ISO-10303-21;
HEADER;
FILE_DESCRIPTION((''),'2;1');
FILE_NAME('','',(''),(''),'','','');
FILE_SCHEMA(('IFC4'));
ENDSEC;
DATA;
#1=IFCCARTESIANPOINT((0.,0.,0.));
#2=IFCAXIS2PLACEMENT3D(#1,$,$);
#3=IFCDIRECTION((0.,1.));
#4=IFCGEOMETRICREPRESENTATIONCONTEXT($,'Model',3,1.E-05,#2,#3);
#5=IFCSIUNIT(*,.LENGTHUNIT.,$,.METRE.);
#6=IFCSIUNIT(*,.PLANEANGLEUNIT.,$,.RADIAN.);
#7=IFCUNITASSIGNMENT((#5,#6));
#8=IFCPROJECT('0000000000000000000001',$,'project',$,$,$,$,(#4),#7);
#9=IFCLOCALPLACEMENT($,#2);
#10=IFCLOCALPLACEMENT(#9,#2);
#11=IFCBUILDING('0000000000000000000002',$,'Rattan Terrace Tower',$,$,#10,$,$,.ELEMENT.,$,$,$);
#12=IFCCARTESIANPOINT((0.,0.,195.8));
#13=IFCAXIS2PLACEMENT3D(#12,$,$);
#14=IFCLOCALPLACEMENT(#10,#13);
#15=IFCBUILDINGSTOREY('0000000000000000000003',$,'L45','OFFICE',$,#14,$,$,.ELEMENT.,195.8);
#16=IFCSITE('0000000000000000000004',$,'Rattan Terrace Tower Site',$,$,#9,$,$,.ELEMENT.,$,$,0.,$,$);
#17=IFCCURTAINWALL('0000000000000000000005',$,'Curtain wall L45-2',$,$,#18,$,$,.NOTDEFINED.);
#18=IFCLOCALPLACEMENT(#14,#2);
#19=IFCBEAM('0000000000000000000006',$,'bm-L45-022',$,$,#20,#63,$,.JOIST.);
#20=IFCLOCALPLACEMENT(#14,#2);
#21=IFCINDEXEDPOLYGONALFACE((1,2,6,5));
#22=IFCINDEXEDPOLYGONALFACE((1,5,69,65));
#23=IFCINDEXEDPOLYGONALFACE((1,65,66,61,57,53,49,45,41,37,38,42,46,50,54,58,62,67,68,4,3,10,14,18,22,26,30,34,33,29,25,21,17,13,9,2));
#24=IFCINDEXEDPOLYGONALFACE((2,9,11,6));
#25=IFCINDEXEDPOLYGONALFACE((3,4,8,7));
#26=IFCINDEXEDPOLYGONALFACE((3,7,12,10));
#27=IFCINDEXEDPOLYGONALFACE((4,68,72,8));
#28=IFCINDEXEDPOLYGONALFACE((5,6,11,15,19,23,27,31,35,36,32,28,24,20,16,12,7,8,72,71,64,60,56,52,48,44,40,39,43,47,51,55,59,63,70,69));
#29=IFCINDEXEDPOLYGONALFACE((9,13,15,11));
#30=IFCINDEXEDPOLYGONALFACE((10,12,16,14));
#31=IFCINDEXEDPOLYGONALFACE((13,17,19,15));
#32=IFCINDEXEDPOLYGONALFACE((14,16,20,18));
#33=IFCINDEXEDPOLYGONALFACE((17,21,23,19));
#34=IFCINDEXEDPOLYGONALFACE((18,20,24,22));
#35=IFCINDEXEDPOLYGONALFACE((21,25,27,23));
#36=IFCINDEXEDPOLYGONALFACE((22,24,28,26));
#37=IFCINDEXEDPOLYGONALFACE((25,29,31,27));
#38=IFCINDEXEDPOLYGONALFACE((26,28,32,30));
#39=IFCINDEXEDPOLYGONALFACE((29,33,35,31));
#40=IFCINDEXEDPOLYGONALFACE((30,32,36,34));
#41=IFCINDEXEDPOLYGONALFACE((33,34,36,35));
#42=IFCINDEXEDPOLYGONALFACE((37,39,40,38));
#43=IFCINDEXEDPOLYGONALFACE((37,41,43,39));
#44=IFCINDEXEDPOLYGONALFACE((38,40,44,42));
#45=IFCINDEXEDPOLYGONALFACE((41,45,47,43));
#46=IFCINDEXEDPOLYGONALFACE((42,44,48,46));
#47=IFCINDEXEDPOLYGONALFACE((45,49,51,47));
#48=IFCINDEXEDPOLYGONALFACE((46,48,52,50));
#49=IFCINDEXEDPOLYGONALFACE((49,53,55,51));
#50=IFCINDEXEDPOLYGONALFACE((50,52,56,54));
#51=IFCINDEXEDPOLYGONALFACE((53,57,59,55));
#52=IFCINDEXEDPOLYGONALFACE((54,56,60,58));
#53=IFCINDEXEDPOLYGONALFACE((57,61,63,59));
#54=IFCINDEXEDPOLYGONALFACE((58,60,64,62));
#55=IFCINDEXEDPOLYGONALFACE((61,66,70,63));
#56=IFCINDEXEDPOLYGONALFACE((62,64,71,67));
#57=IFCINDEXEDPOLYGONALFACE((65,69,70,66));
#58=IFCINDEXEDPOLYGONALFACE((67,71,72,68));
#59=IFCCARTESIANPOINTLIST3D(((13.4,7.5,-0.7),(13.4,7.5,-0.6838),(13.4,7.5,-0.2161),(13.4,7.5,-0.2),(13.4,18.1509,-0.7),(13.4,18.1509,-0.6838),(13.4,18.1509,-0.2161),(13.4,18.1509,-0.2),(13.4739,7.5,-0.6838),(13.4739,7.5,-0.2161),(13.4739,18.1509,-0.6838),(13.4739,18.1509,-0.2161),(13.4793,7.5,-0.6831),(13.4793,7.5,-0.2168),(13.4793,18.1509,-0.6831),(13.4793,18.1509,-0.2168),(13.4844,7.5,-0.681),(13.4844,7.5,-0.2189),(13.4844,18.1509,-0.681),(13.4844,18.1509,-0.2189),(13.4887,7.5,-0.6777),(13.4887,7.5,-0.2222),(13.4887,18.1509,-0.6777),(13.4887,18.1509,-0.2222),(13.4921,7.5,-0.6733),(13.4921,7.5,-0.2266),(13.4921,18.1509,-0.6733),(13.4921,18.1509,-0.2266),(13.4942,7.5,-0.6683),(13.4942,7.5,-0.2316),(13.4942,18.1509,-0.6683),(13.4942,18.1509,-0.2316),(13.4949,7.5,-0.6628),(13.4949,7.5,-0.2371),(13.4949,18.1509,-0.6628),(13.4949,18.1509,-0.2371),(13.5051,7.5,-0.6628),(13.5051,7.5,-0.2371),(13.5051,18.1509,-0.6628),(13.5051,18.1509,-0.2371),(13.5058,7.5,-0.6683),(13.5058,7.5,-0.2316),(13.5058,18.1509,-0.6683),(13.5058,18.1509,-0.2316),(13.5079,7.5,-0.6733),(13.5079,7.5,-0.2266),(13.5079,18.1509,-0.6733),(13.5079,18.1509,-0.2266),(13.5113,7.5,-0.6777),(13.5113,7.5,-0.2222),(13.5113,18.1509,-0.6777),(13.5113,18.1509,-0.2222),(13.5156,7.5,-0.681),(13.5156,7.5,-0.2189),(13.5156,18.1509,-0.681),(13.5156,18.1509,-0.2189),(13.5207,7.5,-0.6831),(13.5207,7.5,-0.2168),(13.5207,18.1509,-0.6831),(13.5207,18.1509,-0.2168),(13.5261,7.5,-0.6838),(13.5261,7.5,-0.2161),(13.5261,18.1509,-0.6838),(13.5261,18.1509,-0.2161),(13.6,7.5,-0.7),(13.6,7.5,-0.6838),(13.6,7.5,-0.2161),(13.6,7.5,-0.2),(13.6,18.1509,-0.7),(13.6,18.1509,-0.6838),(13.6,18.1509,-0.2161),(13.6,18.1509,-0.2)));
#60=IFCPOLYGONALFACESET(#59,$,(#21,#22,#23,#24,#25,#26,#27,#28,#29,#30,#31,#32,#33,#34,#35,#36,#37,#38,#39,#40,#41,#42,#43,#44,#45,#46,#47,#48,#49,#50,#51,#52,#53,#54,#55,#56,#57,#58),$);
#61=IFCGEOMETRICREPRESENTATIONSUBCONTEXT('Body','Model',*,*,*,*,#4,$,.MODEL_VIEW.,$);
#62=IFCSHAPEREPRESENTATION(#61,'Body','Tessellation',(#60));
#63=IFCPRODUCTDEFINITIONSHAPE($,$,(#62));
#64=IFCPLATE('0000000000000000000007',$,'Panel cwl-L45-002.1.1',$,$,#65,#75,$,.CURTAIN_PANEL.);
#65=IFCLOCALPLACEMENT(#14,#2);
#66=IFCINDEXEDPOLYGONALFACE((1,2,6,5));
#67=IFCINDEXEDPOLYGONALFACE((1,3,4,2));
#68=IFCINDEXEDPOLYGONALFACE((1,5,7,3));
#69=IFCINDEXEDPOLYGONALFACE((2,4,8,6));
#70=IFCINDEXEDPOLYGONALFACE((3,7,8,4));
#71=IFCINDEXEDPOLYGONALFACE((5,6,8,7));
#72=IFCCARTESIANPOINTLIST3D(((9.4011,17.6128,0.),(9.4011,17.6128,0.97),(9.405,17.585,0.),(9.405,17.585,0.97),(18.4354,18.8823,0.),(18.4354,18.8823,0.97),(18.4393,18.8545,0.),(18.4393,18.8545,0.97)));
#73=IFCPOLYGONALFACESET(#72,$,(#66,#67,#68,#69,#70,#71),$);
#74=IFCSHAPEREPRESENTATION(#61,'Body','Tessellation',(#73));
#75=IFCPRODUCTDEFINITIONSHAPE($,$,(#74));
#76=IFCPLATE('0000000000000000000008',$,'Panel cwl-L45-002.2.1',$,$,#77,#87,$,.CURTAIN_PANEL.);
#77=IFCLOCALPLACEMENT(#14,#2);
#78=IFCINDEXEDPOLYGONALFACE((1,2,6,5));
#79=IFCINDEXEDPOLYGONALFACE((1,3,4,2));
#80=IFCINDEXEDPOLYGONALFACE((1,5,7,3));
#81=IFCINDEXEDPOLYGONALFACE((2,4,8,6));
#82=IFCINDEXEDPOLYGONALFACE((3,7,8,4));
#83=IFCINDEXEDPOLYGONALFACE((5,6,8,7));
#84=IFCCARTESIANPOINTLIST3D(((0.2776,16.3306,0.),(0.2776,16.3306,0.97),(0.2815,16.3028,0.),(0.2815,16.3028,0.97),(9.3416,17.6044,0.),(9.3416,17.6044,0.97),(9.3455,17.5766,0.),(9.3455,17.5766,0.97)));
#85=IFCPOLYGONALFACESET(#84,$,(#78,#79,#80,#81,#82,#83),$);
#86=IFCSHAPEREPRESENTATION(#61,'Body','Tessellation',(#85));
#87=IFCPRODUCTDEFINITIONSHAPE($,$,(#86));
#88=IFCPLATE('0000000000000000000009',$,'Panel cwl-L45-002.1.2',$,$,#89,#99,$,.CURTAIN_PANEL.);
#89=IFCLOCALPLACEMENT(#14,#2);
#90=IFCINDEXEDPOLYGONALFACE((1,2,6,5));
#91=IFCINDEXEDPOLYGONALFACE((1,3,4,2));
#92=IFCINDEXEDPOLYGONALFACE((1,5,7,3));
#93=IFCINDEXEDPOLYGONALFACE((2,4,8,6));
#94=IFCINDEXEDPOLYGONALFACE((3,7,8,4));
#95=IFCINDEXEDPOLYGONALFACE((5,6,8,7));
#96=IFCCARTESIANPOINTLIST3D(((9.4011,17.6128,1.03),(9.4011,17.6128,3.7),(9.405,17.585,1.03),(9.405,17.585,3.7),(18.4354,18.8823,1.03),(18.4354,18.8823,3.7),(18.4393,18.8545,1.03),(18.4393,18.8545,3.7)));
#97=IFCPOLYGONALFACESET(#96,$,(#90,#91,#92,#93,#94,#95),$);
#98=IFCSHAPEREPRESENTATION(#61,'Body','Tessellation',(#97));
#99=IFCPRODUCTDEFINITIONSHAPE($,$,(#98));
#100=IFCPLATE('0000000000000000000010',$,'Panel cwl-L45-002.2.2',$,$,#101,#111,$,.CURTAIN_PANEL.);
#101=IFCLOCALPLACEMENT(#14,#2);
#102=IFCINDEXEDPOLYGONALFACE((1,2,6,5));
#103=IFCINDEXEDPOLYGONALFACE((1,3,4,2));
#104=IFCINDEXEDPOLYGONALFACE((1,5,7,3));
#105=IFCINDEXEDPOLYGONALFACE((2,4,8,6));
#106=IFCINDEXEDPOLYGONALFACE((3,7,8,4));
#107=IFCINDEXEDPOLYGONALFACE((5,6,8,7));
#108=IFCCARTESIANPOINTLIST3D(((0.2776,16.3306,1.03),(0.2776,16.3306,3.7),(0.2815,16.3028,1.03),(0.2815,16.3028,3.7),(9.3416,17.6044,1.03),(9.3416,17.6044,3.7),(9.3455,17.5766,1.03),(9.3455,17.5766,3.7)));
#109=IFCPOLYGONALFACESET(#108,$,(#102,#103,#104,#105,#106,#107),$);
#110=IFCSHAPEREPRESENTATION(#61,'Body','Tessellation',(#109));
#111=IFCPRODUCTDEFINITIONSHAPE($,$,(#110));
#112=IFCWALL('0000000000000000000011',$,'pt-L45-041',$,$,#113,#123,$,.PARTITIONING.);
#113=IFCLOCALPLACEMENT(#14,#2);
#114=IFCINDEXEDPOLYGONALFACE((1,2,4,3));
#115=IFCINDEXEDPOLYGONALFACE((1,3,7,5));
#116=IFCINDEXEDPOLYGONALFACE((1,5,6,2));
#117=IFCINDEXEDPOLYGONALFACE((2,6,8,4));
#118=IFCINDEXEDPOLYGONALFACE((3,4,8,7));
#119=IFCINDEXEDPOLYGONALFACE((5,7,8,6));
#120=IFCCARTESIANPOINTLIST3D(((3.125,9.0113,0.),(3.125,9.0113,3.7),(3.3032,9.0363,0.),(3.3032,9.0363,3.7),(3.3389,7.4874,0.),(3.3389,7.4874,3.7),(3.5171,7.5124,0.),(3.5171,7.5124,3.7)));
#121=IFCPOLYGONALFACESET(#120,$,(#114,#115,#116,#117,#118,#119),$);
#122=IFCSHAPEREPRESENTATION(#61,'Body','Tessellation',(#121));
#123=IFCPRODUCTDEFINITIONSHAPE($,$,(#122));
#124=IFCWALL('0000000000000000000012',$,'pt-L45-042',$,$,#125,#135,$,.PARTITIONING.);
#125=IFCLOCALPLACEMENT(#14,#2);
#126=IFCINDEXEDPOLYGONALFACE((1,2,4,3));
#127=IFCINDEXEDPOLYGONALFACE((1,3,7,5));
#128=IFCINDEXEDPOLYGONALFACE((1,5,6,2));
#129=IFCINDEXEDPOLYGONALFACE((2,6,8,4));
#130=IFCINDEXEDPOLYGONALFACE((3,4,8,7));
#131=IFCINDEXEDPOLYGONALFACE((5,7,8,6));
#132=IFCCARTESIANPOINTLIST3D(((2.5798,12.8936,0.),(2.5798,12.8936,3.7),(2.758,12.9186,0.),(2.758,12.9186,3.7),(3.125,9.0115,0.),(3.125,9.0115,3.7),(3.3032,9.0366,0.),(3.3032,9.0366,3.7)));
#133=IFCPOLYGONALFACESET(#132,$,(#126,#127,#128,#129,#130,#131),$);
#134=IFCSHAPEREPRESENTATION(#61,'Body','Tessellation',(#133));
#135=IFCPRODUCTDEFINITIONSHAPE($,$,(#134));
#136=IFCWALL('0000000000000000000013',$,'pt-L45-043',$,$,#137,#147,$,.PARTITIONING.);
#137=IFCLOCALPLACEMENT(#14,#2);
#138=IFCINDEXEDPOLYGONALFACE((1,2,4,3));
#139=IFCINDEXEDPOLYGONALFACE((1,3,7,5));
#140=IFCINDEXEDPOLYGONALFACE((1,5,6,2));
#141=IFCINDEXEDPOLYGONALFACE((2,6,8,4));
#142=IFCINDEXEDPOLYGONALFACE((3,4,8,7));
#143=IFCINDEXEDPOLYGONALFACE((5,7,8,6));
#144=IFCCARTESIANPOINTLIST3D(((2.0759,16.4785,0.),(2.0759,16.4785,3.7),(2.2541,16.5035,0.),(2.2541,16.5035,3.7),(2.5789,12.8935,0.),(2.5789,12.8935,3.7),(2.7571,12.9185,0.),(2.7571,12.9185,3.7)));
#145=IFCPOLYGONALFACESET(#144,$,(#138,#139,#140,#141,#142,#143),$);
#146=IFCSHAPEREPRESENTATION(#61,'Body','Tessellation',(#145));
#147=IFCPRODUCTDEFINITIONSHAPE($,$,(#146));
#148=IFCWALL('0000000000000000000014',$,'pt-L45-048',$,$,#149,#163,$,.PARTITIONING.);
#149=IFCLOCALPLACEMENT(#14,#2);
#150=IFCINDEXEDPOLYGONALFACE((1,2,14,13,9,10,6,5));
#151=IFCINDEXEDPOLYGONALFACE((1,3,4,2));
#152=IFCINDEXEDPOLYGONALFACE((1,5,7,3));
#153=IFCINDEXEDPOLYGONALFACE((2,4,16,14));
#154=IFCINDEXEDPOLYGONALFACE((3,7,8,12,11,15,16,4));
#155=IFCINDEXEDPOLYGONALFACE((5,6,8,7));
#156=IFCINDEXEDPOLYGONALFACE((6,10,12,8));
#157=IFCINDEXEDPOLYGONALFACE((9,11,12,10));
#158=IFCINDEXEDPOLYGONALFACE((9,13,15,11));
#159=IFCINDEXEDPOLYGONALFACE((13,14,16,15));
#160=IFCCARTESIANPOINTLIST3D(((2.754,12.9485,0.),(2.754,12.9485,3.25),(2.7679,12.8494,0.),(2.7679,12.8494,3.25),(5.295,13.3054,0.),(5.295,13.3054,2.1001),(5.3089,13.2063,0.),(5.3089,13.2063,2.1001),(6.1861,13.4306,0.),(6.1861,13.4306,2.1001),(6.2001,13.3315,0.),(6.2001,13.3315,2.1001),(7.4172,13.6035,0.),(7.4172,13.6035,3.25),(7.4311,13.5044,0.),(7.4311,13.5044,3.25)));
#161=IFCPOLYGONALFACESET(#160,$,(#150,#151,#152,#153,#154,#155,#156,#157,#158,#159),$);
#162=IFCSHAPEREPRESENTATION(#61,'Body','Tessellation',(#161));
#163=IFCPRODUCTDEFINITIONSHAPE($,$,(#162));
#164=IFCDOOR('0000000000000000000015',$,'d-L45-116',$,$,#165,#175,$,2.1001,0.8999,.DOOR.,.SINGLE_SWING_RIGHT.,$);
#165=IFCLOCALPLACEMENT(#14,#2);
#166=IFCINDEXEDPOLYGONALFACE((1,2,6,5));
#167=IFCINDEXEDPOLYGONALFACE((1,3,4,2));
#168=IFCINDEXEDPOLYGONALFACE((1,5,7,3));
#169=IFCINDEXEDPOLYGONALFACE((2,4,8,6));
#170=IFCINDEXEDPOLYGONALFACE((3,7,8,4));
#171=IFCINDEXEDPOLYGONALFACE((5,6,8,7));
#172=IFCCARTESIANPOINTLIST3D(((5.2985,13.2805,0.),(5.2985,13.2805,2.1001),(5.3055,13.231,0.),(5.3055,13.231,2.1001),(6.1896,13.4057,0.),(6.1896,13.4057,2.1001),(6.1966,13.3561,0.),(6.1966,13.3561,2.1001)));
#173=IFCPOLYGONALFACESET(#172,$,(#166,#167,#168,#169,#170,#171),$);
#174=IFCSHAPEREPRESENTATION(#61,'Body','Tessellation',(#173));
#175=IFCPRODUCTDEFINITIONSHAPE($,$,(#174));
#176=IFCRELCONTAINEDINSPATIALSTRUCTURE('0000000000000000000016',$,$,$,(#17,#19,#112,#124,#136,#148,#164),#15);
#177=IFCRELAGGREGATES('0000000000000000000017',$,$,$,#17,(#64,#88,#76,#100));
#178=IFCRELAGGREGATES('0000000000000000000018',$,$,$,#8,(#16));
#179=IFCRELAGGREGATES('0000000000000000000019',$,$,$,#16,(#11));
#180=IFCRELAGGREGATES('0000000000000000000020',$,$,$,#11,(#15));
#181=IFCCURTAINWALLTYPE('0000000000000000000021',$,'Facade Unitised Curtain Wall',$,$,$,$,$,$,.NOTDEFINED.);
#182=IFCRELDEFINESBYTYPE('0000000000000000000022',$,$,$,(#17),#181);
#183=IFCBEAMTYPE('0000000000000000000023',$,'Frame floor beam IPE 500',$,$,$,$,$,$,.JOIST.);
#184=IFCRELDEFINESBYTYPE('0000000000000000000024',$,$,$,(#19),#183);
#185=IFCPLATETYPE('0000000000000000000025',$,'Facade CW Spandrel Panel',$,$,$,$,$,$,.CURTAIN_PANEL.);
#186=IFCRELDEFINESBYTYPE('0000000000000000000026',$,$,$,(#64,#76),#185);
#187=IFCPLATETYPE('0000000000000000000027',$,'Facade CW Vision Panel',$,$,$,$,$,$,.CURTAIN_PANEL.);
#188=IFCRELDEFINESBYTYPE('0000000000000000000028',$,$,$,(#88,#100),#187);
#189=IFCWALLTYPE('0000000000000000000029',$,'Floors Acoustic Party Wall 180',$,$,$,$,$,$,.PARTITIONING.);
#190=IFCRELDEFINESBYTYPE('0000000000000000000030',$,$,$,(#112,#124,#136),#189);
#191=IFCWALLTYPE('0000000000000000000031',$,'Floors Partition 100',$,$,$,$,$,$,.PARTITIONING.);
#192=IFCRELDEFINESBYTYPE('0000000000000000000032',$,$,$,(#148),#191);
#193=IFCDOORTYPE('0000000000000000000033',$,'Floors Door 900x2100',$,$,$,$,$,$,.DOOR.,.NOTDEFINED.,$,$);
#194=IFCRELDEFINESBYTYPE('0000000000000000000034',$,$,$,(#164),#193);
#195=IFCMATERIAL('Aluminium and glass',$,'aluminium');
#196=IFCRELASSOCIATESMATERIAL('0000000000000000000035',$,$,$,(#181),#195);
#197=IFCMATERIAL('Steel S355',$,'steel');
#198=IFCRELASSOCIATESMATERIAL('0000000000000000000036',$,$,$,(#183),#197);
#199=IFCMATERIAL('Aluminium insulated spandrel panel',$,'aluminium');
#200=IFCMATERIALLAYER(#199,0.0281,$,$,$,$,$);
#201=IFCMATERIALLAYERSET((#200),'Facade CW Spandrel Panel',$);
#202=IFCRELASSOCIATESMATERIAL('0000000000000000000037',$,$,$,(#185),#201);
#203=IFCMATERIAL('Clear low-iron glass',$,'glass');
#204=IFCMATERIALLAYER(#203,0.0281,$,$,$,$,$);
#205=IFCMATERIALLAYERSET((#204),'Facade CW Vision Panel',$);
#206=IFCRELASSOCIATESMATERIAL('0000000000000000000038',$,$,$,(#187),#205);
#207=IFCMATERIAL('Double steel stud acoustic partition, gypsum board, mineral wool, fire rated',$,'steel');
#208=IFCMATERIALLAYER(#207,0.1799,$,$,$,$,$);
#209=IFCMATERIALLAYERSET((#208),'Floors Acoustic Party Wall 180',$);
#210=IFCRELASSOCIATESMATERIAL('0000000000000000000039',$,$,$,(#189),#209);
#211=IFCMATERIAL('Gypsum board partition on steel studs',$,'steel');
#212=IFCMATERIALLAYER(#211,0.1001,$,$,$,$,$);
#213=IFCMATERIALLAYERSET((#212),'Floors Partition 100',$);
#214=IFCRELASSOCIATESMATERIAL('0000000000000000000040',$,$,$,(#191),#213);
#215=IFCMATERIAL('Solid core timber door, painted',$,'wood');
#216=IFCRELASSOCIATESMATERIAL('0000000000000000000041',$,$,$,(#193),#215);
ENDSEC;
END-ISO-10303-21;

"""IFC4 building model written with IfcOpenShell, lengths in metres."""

from ifc_helpers import new_model, si_unit, direction, frame, frame_2d, origin, origin_2d, place, context, subcontext, project, spatial, rectangle, i_section, extrude, material, layer, layer_set, material_profile, profile_set, type_object, element, fill, aggregate, save


model = new_model("IFC4")

# Units and contexts
model_context = context("Model", 3, precision=1e-05, world=origin(), true_north=direction((0.0, 1.0)))
body_context = subcontext(model_context, "Body", "Model", "MODEL_VIEW")
ifc_project = project(units=[si_unit("LENGTHUNIT", "METRE"), si_unit("PLANEANGLEUNIT", "RADIAN")], contexts=[model_context])

# Site, building, storey
site_placement = place(None, origin())
site = spatial("IfcSite", under=ifc_project, at=site_placement, Name="Rattan Terrace Tower Site", CompositionType="ELEMENT", RefElevation=0.0)
building_placement = place(site_placement, origin())
building = spatial("IfcBuilding", under=site, at=building_placement, Name="Rattan Terrace Tower", CompositionType="ELEMENT")
storey_placement = place(building_placement, frame((0.0, 0.0, 195.8)))
storey = spatial("IfcBuildingStorey", under=building, at=storey_placement, Name="L45", Description="OFFICE", CompositionType="ELEMENT", Elevation=195.8)

# Curtain wall
ifc_material_1 = material(Name="Aluminium and glass", Category="aluminium")
curtain_wall_type = type_object("IfcCurtainWallType", Name="Facade Unitised Curtain Wall", PredefinedType="NOTDEFINED", material=ifc_material_1)
curtain_wall_placement = place(storey_placement, origin())
curtain_wall = element("IfcCurtainWall", 1, at=curtain_wall_placement, inside=storey, type_object=curtain_wall_type, Name="Curtain wall L45-2", PredefinedType="NOTDEFINED")

# Beam
ifc_material_2 = material(Name="Steel S355", Category="steel")
ifc_material_profile_1 = material_profile(ifc_material_2, i_section(OverallWidth=0.2, OverallDepth=0.5, WebThickness=0.0103, FlangeThickness=0.0161, FilletRadius=0.021, at=origin_2d()), Name="IPE 500")
ifc_profile_set_1 = profile_set([ifc_material_profile_1], Name="Steel S355")
beam_type_1 = type_object("IfcBeamType", Name="Frame floor beam IPE 500", PredefinedType="JOIST", material=ifc_profile_set_1)
beam_1_placement = place(storey_placement, frame((13.5, 7.5, -0.45), z_axis=(0.0, 1.0, 0.0), x_axis=(-1.0, 0.0, 0.0)))
element("IfcBeam", 2, at=beam_1_placement, inside=storey, type_object=beam_type_1, Name="bm-L45-022", PredefinedType="JOIST", context=body_context, shape_type="SweptSolid", body=[
    extrude(i_section(OverallWidth=0.2, OverallDepth=0.5, WebThickness=0.0103, FlangeThickness=0.0161, FilletRadius=0.021, at=origin_2d()), origin(), (0.0, 0.0, 1.0), 10.6509),
])

# Plates
ifc_material_3 = material(Name="Aluminium insulated spandrel panel", Category="aluminium")
ifc_layer_1 = layer(ifc_material_3, 0.0281)
ifc_layer_set_1 = layer_set([ifc_layer_1], Name="Facade CW Spandrel Panel")
plate_type_1 = type_object("IfcPlateType", Name="Facade CW Spandrel Panel", PredefinedType="CURTAIN_PANEL", material=ifc_layer_set_1)
plate_1_placement = place(storey_placement, frame((13.9202, 18.2336, 0.0), z_axis=(0.0, 0.0, 1.0), x_axis=(-0.99027, -0.139161, 0.0)))
plate_1 = element("IfcPlate", 3, at=plate_1_placement, type_object=plate_type_1, Name="Panel cwl-L45-002.1.1", PredefinedType="CURTAIN_PANEL", context=body_context, shape_type="SweptSolid", body=[
    extrude(rectangle(XDim=9.123, YDim=0.0281, at=origin_2d()), origin(), (0.0, 0.0, 1.0), 0.97),
])
plate_2_placement = place(storey_placement, frame((4.8115, 16.9536, 0.0), z_axis=(0.0, 0.0, 1.0), x_axis=(-0.99027, -0.139161, 0.0)))
plate_2 = element("IfcPlate", 4, at=plate_2_placement, type_object=plate_type_1, Name="Panel cwl-L45-002.2.1", PredefinedType="CURTAIN_PANEL", context=body_context, shape_type="SweptSolid", body=[
    extrude(rectangle(XDim=9.1531, YDim=0.0281, at=origin_2d()), origin(), (0.0, 0.0, 1.0), 0.97),
])
ifc_material_4 = material(Name="Clear low-iron glass", Category="glass")
ifc_layer_2 = layer(ifc_material_4, 0.0281)
ifc_layer_set_2 = layer_set([ifc_layer_2], Name="Facade CW Vision Panel")
plate_type_2 = type_object("IfcPlateType", Name="Facade CW Vision Panel", PredefinedType="CURTAIN_PANEL", material=ifc_layer_set_2)
plate_3_placement = place(storey_placement, frame((13.9202, 18.2336, 1.03), z_axis=(0.0, 0.0, 1.0), x_axis=(-0.99027, -0.139161, 0.0)))
plate_3 = element("IfcPlate", 5, at=plate_3_placement, type_object=plate_type_2, Name="Panel cwl-L45-002.1.2", PredefinedType="CURTAIN_PANEL", context=body_context, shape_type="SweptSolid", body=[
    extrude(rectangle(XDim=9.123, YDim=0.0281, at=origin_2d()), origin(), (0.0, 0.0, 1.0), 2.6699),
])
plate_4_placement = place(storey_placement, frame((4.8115, 16.9536, 1.03), z_axis=(0.0, 0.0, 1.0), x_axis=(-0.99027, -0.139161, 0.0)))
plate_4 = element("IfcPlate", 6, at=plate_4_placement, type_object=plate_type_2, Name="Panel cwl-L45-002.2.2", PredefinedType="CURTAIN_PANEL", context=body_context, shape_type="SweptSolid", body=[
    extrude(rectangle(XDim=9.1531, YDim=0.0281, at=origin_2d()), origin(), (0.0, 0.0, 1.0), 2.6699),
])
aggregate(curtain_wall, [plate_1, plate_3, plate_2, plate_4])

# Walls
ifc_material_5 = material(Name="Double steel stud acoustic partition, gypsum board, mineral wool, fire rated", Category="steel")
ifc_layer_3 = layer(ifc_material_5, 0.1799)
ifc_layer_set_3 = layer_set([ifc_layer_3], Name="Floors Acoustic Party Wall 180")
wall_type_1 = type_object("IfcWallType", Name="Floors Acoustic Party Wall 180", PredefinedType="PARTITIONING", material=ifc_layer_set_3)
wall_1_placement = place(storey_placement, frame((3.2141, 9.0239, 0.0), z_axis=(0.0, 0.0, 1.0), x_axis=(0.138978, -0.990296, 0.0)))
element("IfcWall", 7, at=wall_1_placement, inside=storey, type_object=wall_type_1, Name="pt-L45-041", PredefinedType="PARTITIONING", context=body_context, shape_type="SweptSolid", body=[
    extrude(rectangle(XDim=1.5388, YDim=0.1799, at=frame_2d((0.7695, 0.0))), origin(), (0.0, 0.0, 1.0), 3.7),
])
wall_2_placement = place(storey_placement, frame((2.6689, 12.906, 0.0), z_axis=(0.0, 0.0, 1.0), x_axis=(0.139067, -0.990283, 0.0)))
element("IfcWall", 8, at=wall_2_placement, inside=storey, type_object=wall_type_1, Name="pt-L45-042", PredefinedType="PARTITIONING", context=body_context, shape_type="SweptSolid", body=[
    extrude(rectangle(XDim=3.9202, YDim=0.1799, at=frame_2d((1.96, 0.0))), origin(), (0.0, 0.0, 1.0), 3.7),
])
wall_3_placement = place(storey_placement, frame((2.165, 16.491, 0.0), z_axis=(0.0, 0.0, 1.0), x_axis=(0.138928, -0.990302, 0.0)))
element("IfcWall", 9, at=wall_3_placement, inside=storey, type_object=wall_type_1, Name="pt-L45-043", PredefinedType="PARTITIONING", context=body_context, shape_type="SweptSolid", body=[
    extrude(rectangle(XDim=3.6201, YDim=0.1799, at=frame_2d((1.8101, 0.0))), origin(), (0.0, 0.0, 1.0), 3.7),
])

# Wall, opening, door
ifc_material_6 = material(Name="Gypsum board partition on steel studs", Category="steel")
ifc_layer_4 = layer(ifc_material_6, 0.1001)
ifc_layer_set_4 = layer_set([ifc_layer_4], Name="Floors Partition 100")
wall_type_2 = type_object("IfcWallType", Name="Floors Partition 100", PredefinedType="PARTITIONING", material=ifc_layer_set_4)
wall_4_placement = place(storey_placement, frame((2.761, 12.8989, 0.0), z_axis=(0.0, 0.0, 1.0), x_axis=(0.990278, 0.139105, 0.0)))
wall_4 = element("IfcWall", 10, at=wall_4_placement, inside=storey, type_object=wall_type_2, Name="pt-L45-048", PredefinedType="PARTITIONING", context=body_context, shape_type="SweptSolid", body=[
    extrude(rectangle(XDim=4.709, YDim=0.1001, at=frame_2d((2.3545, 0.0))), origin(), (0.0, 0.0, 1.0), 3.25),
])
opening_placement = place(wall_4_placement, frame((2.5659, 0.0, 0.0)))
opening = element("IfcOpeningElement", 11, at=opening_placement, cuts=wall_4, PredefinedType="OPENING", context=body_context, shape_type="SweptSolid", body=[
    extrude(rectangle(XDim=0.8999, YDim=2.1001, at=frame_2d((0.45, 1.05))), frame((0.0, 0.0605, 0.0), z_axis=(0.0, -1.0, 0.0), x_axis=(1.0, 0.0, 0.0)), (0.0, 0.0, 1.0), 0.1211),
])
ifc_material_7 = material(Name="Solid core timber door, painted", Category="wood")
door_type = type_object("IfcDoorType", Name="Floors Door 900x2100", OperationType="NOTDEFINED", PredefinedType="DOOR", material=ifc_material_7)
door_placement = place(opening_placement, origin())
door = element("IfcDoor", 12, at=door_placement, inside=storey, type_object=door_type, Name="d-L45-116", OperationType="SINGLE_SWING_RIGHT", OverallHeight=2.1001, OverallWidth=0.8999, PredefinedType="DOOR", context=body_context, shape_type="SweptSolid", body=[
    extrude(rectangle(XDim=0.8999, YDim=2.1001, at=frame_2d((0.45, 1.05))), frame((0.0, 0.0249, 0.0), z_axis=(0.0, -1.0, 0.0), x_axis=(1.0, 0.0, 0.0)), (0.0, 0.0, 1.0), 0.05),
])
fill(opening, door)

save(model, "model.ifc")
